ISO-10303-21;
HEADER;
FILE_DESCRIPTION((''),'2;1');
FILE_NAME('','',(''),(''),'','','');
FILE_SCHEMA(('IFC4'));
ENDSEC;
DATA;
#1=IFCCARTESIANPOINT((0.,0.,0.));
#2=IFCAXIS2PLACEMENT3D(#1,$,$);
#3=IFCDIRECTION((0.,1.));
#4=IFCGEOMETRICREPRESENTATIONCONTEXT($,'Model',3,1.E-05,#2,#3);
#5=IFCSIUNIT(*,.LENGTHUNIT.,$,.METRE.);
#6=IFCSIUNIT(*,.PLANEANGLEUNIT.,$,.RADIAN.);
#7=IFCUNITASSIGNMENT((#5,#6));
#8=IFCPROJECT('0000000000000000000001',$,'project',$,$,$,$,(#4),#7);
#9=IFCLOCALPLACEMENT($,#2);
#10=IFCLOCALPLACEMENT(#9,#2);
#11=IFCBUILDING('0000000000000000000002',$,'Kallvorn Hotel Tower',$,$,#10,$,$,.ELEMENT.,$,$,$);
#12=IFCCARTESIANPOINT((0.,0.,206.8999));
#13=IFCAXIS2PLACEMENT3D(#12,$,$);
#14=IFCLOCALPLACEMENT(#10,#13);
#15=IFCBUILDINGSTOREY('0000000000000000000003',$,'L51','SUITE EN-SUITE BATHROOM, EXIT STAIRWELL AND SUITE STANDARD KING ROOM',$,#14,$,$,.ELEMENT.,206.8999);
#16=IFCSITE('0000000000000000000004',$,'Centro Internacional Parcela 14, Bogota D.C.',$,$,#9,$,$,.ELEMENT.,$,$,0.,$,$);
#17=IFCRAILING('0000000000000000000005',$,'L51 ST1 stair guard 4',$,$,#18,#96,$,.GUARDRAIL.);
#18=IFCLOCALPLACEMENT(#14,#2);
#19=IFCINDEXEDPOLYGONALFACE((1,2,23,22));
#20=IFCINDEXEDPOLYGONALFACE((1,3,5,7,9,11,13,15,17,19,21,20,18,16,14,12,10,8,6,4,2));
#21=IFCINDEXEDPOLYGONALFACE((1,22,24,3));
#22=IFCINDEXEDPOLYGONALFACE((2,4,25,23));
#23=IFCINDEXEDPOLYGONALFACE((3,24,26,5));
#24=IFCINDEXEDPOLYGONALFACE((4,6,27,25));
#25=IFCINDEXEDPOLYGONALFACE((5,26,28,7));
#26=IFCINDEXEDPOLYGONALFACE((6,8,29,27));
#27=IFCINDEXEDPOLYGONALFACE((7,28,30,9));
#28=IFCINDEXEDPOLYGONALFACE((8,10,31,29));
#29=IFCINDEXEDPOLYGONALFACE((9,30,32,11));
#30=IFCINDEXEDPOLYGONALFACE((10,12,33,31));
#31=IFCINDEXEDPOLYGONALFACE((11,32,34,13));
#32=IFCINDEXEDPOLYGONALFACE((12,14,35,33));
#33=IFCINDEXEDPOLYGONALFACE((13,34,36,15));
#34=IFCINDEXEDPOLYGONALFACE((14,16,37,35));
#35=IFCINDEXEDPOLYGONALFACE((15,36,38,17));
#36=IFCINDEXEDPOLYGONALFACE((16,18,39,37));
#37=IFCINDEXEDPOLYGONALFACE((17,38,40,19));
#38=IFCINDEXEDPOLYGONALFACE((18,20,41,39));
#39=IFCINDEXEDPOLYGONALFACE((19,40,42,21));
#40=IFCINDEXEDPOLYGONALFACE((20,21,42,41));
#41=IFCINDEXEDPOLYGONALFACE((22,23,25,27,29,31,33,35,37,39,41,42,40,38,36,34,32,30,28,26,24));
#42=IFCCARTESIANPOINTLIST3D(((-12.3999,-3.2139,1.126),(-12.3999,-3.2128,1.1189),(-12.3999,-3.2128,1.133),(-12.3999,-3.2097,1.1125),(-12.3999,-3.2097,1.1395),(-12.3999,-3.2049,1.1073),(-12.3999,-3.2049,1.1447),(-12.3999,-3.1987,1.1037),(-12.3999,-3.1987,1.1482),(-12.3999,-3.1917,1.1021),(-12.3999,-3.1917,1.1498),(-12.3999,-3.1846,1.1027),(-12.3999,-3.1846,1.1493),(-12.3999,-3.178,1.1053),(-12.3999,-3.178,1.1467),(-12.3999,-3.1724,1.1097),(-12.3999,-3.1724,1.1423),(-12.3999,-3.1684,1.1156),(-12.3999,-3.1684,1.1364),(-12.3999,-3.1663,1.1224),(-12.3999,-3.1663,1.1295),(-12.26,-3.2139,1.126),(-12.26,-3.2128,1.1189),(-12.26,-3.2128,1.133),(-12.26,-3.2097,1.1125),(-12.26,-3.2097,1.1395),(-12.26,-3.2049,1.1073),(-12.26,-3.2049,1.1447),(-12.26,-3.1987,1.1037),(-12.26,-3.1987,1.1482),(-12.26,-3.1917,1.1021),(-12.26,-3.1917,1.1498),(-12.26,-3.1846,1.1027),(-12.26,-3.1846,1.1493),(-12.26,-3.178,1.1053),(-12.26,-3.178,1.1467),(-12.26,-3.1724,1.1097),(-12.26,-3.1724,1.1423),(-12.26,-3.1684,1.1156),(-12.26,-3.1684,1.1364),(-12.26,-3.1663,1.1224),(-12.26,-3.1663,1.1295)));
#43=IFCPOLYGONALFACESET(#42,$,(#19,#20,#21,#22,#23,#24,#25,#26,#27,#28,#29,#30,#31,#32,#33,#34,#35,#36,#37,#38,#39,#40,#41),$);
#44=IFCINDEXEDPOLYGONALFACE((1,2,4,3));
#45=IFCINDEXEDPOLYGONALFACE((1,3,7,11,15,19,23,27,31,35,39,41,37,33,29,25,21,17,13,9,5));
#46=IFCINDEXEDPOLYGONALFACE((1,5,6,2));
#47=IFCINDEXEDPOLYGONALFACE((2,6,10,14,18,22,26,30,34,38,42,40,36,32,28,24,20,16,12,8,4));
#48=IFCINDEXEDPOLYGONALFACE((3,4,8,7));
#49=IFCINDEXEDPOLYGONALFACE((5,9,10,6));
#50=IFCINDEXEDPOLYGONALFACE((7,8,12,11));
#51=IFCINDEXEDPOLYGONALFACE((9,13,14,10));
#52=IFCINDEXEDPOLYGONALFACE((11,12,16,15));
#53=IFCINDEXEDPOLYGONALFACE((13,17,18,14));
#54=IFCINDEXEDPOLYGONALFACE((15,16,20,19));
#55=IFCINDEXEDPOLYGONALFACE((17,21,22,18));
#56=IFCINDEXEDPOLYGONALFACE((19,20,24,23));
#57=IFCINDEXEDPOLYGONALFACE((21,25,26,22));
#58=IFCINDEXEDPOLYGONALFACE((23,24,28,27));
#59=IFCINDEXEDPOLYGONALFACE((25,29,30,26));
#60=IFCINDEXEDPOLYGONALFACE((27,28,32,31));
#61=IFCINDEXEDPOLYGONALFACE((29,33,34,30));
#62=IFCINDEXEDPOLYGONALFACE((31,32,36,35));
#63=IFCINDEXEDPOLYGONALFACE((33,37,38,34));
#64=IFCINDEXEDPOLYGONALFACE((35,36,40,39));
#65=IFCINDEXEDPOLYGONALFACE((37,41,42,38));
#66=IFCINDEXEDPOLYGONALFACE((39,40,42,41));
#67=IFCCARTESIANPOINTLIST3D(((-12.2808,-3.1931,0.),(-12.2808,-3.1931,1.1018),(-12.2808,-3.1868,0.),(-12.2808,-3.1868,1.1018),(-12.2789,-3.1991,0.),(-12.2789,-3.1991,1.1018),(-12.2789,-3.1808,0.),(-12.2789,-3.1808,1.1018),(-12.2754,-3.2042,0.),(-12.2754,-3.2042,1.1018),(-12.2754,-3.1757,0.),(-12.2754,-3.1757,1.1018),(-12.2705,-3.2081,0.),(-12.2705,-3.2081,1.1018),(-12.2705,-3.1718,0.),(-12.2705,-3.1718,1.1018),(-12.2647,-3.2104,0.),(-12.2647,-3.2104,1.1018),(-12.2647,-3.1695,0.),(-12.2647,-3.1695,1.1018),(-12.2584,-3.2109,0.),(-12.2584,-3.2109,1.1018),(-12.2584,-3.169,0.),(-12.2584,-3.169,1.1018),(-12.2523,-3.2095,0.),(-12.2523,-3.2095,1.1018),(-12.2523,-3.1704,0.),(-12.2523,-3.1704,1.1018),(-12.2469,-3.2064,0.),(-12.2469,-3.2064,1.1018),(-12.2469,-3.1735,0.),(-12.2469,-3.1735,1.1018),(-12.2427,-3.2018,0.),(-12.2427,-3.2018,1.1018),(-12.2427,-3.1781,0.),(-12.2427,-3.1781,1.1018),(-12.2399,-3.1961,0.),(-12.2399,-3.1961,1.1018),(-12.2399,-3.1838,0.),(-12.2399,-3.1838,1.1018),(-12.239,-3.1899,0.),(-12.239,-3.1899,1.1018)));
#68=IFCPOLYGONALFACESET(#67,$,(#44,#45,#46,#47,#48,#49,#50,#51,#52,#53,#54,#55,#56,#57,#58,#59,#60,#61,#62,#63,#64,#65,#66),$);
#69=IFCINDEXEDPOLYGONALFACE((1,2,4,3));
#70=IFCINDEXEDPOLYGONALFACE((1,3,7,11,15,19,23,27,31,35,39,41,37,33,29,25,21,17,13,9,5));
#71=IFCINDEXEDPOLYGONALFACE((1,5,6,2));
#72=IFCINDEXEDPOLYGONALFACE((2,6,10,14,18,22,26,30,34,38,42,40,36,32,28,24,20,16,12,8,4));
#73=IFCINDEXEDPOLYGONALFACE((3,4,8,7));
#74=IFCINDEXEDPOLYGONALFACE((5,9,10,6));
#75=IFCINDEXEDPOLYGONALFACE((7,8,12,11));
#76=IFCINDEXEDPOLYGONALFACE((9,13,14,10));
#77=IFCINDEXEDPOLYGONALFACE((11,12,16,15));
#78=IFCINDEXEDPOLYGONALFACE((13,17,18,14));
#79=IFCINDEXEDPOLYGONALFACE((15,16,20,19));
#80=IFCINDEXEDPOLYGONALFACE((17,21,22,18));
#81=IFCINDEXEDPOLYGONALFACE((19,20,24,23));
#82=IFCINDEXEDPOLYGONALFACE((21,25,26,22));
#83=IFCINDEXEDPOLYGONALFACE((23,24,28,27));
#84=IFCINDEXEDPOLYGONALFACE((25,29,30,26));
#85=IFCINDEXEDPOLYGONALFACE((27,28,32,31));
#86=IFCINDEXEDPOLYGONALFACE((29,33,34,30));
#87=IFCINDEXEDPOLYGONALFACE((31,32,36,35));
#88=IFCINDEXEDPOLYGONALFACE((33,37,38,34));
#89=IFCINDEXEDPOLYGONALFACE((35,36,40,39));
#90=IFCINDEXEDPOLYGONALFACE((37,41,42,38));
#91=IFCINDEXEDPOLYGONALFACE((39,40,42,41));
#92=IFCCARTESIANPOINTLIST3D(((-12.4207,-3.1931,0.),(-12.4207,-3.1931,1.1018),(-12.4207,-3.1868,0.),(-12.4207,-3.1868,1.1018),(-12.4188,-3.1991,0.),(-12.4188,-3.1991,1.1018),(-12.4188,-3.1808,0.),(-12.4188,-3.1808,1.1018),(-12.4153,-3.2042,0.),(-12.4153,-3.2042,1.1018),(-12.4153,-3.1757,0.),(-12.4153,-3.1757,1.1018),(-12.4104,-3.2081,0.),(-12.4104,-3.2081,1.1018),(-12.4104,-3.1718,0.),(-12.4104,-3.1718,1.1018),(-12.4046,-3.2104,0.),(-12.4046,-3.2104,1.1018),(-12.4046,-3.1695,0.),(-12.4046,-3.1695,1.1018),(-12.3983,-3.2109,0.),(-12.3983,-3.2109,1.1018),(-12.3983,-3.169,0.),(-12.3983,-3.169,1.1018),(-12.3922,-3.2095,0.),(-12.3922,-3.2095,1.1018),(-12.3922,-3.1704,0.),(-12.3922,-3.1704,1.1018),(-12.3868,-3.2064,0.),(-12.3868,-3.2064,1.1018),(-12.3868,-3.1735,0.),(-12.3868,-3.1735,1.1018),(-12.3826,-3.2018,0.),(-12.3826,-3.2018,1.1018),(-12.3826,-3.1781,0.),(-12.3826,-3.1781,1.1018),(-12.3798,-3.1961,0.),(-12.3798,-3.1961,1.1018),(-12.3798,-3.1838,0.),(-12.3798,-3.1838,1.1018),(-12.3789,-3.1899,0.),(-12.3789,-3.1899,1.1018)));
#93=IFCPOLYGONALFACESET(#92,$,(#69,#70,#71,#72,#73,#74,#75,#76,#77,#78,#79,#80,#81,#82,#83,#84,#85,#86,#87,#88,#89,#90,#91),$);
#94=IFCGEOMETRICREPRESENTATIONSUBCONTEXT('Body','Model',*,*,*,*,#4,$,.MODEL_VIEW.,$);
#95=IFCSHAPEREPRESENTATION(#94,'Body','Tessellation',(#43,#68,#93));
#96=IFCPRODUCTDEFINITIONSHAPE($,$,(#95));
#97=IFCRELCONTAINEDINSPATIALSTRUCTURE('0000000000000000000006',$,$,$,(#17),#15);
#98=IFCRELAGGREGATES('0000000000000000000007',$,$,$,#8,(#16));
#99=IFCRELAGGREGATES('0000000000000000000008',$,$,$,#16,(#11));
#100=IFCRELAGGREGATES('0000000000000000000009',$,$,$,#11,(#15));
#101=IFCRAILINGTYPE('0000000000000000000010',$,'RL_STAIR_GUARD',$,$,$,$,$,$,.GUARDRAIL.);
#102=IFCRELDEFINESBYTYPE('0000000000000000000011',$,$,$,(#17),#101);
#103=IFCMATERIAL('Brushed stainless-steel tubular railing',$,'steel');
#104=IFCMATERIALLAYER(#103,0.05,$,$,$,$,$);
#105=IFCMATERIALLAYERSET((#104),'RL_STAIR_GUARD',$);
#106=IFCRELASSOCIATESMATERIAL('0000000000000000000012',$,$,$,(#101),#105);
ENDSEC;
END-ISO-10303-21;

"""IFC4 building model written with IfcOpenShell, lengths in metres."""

from ifc_helpers import new_model, si_unit, direction, frame, origin, origin_2d, place, context, subcontext, project, spatial, circle, extrude, material, layer, layer_set, type_object, element, save


model = new_model("IFC4")

# Units and contexts
model_context = context("Model", 3, precision=1e-05, world=origin(), true_north=direction((0.0, 1.0)))
body_context = subcontext(model_context, "Body", "Model", "MODEL_VIEW")
ifc_project = project(units=[si_unit("LENGTHUNIT", "METRE"), si_unit("PLANEANGLEUNIT", "RADIAN")], contexts=[model_context])

# Site, building, storey
site_placement = place(None, origin())
site = spatial("IfcSite", under=ifc_project, at=site_placement, Name="Centro Internacional Parcela 14, Bogota D.C.", CompositionType="ELEMENT", RefElevation=0.0)
building_placement = place(site_placement, origin())
building = spatial("IfcBuilding", under=site, at=building_placement, Name="Kallvorn Hotel Tower", CompositionType="ELEMENT")
storey_placement = place(building_placement, frame((0.0, 0.0, 206.8999)))
storey = spatial("IfcBuildingStorey", under=building, at=storey_placement, Name="L51", Description="SUITE EN-SUITE BATHROOM, EXIT STAIRWELL AND SUITE STANDARD KING ROOM", CompositionType="ELEMENT", Elevation=206.8999)

# Railing
ifc_material_1 = material(Name="Brushed stainless-steel tubular railing", Category="steel")
ifc_layer_1 = layer(ifc_material_1, 0.05)
ifc_layer_set_1 = layer_set([ifc_layer_1], Name="RL_STAIR_GUARD")
railing_type_1 = type_object("IfcRailingType", Name="RL_STAIR_GUARD", PredefinedType="GUARDRAIL", material=ifc_layer_set_1)
railing_1_placement = place(storey_placement, frame((-12.26, -3.1899, 0.0)))
element("IfcRailing", 1, at=railing_1_placement, inside=storey, type_object=railing_type_1, Name="L51 ST1 stair guard 4", PredefinedType="GUARDRAIL", context=body_context, shape_type="SweptSolid", body=[
    extrude(circle(Radius=0.0239, at=origin_2d()), frame((0.0, 0.0, 1.126), z_axis=(-1.0, 0.0, 0.0), x_axis=(0.0, -1.0, 0.0)), (0.0, 0.0, 1.0), 0.1399),
    extrude(circle(Radius=0.021, at=origin_2d()), origin(), (0.0, 0.0, 1.0), 1.1018),
    extrude(circle(Radius=0.021, at=origin_2d()), frame((-0.1399, 0.0, 0.0)), (0.0, 0.0, 1.0), 1.1018),
])

save(model, "model.ifc")
